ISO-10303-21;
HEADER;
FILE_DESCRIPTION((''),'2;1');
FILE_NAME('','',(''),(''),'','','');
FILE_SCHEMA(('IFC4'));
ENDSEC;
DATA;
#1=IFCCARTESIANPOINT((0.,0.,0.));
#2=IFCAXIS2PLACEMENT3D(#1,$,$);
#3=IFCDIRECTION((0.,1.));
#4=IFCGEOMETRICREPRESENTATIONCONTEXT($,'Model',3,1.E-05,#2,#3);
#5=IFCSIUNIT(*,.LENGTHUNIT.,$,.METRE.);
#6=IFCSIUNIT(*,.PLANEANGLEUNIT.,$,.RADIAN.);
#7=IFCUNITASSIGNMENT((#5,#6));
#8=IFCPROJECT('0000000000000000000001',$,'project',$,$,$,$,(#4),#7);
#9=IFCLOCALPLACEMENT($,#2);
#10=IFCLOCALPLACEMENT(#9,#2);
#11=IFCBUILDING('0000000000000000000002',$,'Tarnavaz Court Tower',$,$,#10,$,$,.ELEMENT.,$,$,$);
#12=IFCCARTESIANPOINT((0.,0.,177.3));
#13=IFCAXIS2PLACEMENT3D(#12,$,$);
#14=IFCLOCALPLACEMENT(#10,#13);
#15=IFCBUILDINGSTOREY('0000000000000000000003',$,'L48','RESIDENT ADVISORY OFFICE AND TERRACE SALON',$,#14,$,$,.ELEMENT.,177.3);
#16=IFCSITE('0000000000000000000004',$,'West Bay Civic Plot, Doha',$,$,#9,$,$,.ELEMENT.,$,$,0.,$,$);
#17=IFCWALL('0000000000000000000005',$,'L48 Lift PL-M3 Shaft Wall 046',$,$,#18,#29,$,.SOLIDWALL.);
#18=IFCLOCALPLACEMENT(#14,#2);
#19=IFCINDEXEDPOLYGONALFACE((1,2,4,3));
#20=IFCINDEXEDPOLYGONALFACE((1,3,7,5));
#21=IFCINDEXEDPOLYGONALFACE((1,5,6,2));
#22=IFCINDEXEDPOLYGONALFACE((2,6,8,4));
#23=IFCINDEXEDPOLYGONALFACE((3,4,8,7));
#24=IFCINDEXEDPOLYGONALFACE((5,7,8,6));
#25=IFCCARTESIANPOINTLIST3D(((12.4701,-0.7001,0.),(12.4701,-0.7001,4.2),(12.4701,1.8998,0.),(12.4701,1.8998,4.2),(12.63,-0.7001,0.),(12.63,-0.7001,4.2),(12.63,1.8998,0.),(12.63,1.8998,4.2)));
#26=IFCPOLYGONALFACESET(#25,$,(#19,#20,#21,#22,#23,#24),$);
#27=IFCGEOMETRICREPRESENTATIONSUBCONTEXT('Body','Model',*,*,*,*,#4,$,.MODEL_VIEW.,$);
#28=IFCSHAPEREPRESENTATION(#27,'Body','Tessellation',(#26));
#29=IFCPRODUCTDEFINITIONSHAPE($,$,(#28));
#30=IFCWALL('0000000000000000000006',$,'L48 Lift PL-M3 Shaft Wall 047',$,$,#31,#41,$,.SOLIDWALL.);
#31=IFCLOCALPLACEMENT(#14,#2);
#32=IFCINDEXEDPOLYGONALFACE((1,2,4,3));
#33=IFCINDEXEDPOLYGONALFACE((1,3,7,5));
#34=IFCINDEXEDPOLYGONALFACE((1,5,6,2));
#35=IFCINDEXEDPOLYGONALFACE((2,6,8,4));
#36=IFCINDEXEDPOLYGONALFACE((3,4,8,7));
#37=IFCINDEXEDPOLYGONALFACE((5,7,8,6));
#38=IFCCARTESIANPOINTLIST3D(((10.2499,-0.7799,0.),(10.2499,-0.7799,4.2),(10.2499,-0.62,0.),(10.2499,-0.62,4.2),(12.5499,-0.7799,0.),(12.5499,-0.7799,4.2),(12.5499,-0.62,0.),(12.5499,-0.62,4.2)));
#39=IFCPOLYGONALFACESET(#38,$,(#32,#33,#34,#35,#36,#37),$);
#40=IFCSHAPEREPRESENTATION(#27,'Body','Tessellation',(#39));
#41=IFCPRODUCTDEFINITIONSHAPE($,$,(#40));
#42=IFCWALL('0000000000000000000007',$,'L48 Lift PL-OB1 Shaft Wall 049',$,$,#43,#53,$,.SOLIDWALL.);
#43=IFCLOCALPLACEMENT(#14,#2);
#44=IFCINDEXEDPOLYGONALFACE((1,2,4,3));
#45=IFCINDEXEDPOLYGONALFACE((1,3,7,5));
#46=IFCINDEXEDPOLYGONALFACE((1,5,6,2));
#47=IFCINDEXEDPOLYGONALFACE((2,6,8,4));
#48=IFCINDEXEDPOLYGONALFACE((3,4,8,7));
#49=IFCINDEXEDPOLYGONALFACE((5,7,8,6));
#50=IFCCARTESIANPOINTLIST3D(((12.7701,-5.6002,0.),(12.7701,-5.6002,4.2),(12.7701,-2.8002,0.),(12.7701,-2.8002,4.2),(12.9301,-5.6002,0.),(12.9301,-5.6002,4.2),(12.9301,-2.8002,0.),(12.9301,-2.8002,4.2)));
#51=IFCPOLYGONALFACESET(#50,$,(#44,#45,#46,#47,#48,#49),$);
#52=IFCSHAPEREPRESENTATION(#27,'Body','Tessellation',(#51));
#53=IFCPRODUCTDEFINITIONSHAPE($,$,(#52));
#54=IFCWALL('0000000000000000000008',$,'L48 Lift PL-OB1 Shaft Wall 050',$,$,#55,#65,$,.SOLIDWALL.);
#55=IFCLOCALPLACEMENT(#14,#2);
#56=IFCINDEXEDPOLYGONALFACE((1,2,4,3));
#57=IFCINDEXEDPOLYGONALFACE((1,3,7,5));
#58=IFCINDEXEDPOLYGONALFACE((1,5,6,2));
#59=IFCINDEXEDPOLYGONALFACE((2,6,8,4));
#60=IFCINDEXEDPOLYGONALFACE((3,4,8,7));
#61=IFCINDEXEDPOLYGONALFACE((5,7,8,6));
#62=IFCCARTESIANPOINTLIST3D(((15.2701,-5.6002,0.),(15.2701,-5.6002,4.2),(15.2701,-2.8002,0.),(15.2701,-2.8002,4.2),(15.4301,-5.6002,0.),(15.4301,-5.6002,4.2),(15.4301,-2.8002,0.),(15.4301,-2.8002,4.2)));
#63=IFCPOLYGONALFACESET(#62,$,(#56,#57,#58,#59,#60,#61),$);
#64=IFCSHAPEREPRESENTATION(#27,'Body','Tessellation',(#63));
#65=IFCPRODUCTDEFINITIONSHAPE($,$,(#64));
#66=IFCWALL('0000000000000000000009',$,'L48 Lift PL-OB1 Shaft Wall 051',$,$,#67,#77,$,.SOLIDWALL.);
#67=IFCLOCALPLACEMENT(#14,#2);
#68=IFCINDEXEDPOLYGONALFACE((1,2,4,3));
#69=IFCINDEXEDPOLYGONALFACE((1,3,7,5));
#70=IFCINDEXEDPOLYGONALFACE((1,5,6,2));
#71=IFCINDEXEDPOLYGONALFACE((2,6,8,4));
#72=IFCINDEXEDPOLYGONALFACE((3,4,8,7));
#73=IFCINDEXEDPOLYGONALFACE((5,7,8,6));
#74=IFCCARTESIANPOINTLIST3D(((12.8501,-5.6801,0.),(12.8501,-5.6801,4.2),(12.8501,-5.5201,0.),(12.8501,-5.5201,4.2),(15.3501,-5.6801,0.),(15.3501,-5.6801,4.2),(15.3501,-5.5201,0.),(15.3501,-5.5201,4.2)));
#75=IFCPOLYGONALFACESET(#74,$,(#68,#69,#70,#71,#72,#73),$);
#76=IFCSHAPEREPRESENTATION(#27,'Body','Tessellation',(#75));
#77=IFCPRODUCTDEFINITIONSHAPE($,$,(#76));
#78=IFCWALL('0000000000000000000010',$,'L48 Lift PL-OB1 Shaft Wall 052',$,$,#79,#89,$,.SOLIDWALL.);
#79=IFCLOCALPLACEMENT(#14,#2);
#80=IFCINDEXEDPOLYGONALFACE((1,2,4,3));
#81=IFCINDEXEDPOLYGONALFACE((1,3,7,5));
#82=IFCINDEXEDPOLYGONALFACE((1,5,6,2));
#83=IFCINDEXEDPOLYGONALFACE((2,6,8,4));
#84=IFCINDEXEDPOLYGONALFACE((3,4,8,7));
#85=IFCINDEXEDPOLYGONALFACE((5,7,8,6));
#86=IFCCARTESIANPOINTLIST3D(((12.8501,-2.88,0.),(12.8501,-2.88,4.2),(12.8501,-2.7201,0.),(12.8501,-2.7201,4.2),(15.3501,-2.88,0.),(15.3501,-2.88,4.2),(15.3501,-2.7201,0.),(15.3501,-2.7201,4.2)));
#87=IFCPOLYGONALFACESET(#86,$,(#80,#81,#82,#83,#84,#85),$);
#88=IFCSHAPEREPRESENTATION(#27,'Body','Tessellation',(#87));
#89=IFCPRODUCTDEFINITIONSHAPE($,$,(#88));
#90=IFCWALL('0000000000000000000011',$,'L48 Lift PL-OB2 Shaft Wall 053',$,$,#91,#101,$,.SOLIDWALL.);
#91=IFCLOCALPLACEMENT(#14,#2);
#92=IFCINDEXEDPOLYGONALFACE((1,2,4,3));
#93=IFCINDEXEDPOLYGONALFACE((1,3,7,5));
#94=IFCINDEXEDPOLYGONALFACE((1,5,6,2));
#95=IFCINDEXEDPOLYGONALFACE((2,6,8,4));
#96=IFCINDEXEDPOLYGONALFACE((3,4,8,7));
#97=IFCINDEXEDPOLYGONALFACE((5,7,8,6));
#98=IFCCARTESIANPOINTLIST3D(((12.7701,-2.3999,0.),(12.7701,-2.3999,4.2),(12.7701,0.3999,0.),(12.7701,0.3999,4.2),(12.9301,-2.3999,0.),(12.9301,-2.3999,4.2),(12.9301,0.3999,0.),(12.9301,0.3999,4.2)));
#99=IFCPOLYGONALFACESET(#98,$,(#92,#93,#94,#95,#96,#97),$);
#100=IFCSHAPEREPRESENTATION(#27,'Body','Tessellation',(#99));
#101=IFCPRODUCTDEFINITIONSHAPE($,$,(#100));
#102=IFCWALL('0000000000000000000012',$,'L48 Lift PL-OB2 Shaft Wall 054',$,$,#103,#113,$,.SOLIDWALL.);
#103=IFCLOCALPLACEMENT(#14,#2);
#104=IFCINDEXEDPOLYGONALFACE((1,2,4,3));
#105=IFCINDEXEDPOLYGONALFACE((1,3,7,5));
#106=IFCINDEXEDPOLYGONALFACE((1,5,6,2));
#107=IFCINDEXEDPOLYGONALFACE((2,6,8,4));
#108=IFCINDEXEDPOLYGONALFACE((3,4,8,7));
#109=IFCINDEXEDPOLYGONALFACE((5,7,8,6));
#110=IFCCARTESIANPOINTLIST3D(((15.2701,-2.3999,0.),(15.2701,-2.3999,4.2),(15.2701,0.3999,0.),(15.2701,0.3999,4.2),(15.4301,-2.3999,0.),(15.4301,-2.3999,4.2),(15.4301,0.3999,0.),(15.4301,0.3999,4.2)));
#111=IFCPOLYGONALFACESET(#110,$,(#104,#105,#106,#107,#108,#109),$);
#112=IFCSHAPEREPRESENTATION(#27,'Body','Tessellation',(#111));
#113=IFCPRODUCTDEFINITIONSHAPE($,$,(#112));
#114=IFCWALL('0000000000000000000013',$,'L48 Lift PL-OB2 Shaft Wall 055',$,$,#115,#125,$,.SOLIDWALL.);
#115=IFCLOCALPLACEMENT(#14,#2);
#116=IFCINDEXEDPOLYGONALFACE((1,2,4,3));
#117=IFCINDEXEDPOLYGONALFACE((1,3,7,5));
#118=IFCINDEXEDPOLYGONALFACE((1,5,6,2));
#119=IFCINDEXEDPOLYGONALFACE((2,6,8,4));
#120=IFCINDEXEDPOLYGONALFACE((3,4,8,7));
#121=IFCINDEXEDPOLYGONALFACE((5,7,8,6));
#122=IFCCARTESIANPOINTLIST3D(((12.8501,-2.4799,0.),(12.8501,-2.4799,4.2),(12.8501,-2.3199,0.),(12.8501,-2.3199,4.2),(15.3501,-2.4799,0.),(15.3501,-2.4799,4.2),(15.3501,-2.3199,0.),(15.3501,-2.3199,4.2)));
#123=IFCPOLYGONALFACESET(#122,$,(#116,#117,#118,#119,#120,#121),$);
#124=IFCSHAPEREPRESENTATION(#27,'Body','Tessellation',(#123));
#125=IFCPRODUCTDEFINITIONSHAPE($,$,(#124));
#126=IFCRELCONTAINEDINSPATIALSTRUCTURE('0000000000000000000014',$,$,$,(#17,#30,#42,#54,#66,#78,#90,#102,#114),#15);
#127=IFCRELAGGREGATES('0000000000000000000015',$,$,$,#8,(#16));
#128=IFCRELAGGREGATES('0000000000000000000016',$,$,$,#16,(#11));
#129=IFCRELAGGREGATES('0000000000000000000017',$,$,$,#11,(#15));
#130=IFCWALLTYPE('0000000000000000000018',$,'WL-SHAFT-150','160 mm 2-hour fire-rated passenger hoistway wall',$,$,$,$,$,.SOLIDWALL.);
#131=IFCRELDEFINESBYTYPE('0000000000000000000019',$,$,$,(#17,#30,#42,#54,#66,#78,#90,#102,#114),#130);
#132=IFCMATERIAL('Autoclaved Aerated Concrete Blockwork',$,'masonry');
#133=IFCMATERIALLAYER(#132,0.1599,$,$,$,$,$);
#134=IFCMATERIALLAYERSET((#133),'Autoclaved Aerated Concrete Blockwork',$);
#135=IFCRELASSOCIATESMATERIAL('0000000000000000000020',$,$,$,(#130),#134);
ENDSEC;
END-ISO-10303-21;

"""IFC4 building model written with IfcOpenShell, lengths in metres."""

from ifc_helpers import new_model, si_unit, direction, frame, frame_2d, origin, place, context, subcontext, project, spatial, rectangle, extrude, material, layer, layer_set, type_object, element, save


model = new_model("IFC4")

# Units and contexts
model_context = context("Model", 3, precision=1e-05, world=origin(), true_north=direction((0.0, 1.0)))
body_context = subcontext(model_context, "Body", "Model", "MODEL_VIEW")
ifc_project = project(units=[si_unit("LENGTHUNIT", "METRE"), si_unit("PLANEANGLEUNIT", "RADIAN")], contexts=[model_context])

# Site, building, storey
site_placement = place(None, origin())
site = spatial("IfcSite", under=ifc_project, at=site_placement, Name="West Bay Civic Plot, Doha", CompositionType="ELEMENT", RefElevation=0.0)
building_placement = place(site_placement, origin())
building = spatial("IfcBuilding", under=site, at=building_placement, Name="Tarnavaz Court Tower", CompositionType="ELEMENT")
storey_placement = place(building_placement, frame((0.0, 0.0, 177.3)))
storey = spatial("IfcBuildingStorey", under=building, at=storey_placement, Name="L48", Description="RESIDENT ADVISORY OFFICE AND TERRACE SALON", CompositionType="ELEMENT", Elevation=177.3)

# Shared definitions
ifc_material_1 = material(Name="Autoclaved Aerated Concrete Blockwork", Category="masonry")
ifc_layer_1 = layer(ifc_material_1, 0.1599)
ifc_layer_set_1 = layer_set([ifc_layer_1], Name="Autoclaved Aerated Concrete Blockwork")
wall_type_1 = type_object("IfcWallType", Name="WL-SHAFT-150", Description="160 mm 2-hour fire-rated passenger hoistway wall", PredefinedType="SOLIDWALL", material=ifc_layer_set_1)

# Walls
wall_1_placement = place(storey_placement, frame((12.55, -0.7, 0.0), z_axis=(0.0, 0.0, 1.0), x_axis=(0.0, 1.0, 0.0)))
element("IfcWall", 1, at=wall_1_placement, inside=storey, type_object=wall_type_1, Name="L48 Lift PL-M3 Shaft Wall 046", PredefinedType="SOLIDWALL", context=body_context, shape_type="SweptSolid", body=[
    extrude(rectangle(XDim=2.5999, YDim=0.1599, at=frame_2d((1.2998, 0.0))), origin(), (0.0, 0.0, 1.0), 4.2),
])
wall_2_placement = place(storey_placement, frame((10.25, -0.7, 0.0), z_axis=(0.0, 0.0, 1.0), x_axis=(1.0, 0.0, 0.0)))
element("IfcWall", 2, at=wall_2_placement, inside=storey, type_object=wall_type_1, Name="L48 Lift PL-M3 Shaft Wall 047", PredefinedType="SOLIDWALL", context=body_context, shape_type="SweptSolid", body=[
    extrude(rectangle(XDim=2.3, YDim=0.1599, at=frame_2d((1.1499, 0.0))), origin(), (0.0, 0.0, 1.0), 4.2),
])
for number, where, z_axis, x_axis, name in (
    (3, (12.8501, -5.6001, 0.0), (0.0, 0.0, 1.0), (0.0, 1.0, 0.0), "L48 Lift PL-OB1 Shaft Wall 049"),
    (4, (15.3501, -5.6001, 0.0), (0.0, 0.0, 1.0), (0.0, 1.0, 0.0), "L48 Lift PL-OB1 Shaft Wall 050"),
):
    element("IfcWall", number, at=place(storey_placement, frame(where, z_axis=z_axis, x_axis=x_axis)), inside=storey, type_object=wall_type_1, Name=name, PredefinedType="SOLIDWALL", context=body_context, shape_type="SweptSolid", body=[
        extrude(rectangle(XDim=2.8, YDim=0.1599, at=frame_2d((1.3999, 0.0))), origin(), (0.0, 0.0, 1.0), 4.2),
    ])
for number, where, z_axis, x_axis, name in (
    (5, (12.8501, -5.6001, 0.0), (0.0, 0.0, 1.0), (1.0, 0.0, 0.0), "L48 Lift PL-OB1 Shaft Wall 051"),
    (6, (12.8501, -2.8, 0.0), (0.0, 0.0, 1.0), (1.0, 0.0, 0.0), "L48 Lift PL-OB1 Shaft Wall 052"),
):
    element("IfcWall", number, at=place(storey_placement, frame(where, z_axis=z_axis, x_axis=x_axis)), inside=storey, type_object=wall_type_1, Name=name, PredefinedType="SOLIDWALL", context=body_context, shape_type="SweptSolid", body=[
        extrude(rectangle(XDim=2.5, YDim=0.1599, at=frame_2d((1.25, 0.0))), origin(), (0.0, 0.0, 1.0), 4.2),
    ])
for number, where, z_axis, x_axis, name in (
    (7, (12.8501, -2.3999, 0.0), (0.0, 0.0, 1.0), (0.0, 1.0, 0.0), "L48 Lift PL-OB2 Shaft Wall 053"),
    (8, (15.3501, -2.3999, 0.0), (0.0, 0.0, 1.0), (0.0, 1.0, 0.0), "L48 Lift PL-OB2 Shaft Wall 054"),
):
    element("IfcWall", number, at=place(storey_placement, frame(where, z_axis=z_axis, x_axis=x_axis)), inside=storey, type_object=wall_type_1, Name=name, PredefinedType="SOLIDWALL", context=body_context, shape_type="SweptSolid", body=[
        extrude(rectangle(XDim=2.7998, YDim=0.1599, at=frame_2d((1.3999, 0.0))), origin(), (0.0, 0.0, 1.0), 4.2),
    ])
wall_3_placement = place(storey_placement, frame((12.8501, -2.3999, 0.0), z_axis=(0.0, 0.0, 1.0), x_axis=(1.0, 0.0, 0.0)))
element("IfcWall", 9, at=wall_3_placement, inside=storey, type_object=wall_type_1, Name="L48 Lift PL-OB2 Shaft Wall 055", PredefinedType="SOLIDWALL", context=body_context, shape_type="SweptSolid", body=[
    extrude(rectangle(XDim=2.5, YDim=0.1599, at=frame_2d((1.25, 0.0))), origin(), (0.0, 0.0, 1.0), 4.2),
])

save(model, "model.ifc")
